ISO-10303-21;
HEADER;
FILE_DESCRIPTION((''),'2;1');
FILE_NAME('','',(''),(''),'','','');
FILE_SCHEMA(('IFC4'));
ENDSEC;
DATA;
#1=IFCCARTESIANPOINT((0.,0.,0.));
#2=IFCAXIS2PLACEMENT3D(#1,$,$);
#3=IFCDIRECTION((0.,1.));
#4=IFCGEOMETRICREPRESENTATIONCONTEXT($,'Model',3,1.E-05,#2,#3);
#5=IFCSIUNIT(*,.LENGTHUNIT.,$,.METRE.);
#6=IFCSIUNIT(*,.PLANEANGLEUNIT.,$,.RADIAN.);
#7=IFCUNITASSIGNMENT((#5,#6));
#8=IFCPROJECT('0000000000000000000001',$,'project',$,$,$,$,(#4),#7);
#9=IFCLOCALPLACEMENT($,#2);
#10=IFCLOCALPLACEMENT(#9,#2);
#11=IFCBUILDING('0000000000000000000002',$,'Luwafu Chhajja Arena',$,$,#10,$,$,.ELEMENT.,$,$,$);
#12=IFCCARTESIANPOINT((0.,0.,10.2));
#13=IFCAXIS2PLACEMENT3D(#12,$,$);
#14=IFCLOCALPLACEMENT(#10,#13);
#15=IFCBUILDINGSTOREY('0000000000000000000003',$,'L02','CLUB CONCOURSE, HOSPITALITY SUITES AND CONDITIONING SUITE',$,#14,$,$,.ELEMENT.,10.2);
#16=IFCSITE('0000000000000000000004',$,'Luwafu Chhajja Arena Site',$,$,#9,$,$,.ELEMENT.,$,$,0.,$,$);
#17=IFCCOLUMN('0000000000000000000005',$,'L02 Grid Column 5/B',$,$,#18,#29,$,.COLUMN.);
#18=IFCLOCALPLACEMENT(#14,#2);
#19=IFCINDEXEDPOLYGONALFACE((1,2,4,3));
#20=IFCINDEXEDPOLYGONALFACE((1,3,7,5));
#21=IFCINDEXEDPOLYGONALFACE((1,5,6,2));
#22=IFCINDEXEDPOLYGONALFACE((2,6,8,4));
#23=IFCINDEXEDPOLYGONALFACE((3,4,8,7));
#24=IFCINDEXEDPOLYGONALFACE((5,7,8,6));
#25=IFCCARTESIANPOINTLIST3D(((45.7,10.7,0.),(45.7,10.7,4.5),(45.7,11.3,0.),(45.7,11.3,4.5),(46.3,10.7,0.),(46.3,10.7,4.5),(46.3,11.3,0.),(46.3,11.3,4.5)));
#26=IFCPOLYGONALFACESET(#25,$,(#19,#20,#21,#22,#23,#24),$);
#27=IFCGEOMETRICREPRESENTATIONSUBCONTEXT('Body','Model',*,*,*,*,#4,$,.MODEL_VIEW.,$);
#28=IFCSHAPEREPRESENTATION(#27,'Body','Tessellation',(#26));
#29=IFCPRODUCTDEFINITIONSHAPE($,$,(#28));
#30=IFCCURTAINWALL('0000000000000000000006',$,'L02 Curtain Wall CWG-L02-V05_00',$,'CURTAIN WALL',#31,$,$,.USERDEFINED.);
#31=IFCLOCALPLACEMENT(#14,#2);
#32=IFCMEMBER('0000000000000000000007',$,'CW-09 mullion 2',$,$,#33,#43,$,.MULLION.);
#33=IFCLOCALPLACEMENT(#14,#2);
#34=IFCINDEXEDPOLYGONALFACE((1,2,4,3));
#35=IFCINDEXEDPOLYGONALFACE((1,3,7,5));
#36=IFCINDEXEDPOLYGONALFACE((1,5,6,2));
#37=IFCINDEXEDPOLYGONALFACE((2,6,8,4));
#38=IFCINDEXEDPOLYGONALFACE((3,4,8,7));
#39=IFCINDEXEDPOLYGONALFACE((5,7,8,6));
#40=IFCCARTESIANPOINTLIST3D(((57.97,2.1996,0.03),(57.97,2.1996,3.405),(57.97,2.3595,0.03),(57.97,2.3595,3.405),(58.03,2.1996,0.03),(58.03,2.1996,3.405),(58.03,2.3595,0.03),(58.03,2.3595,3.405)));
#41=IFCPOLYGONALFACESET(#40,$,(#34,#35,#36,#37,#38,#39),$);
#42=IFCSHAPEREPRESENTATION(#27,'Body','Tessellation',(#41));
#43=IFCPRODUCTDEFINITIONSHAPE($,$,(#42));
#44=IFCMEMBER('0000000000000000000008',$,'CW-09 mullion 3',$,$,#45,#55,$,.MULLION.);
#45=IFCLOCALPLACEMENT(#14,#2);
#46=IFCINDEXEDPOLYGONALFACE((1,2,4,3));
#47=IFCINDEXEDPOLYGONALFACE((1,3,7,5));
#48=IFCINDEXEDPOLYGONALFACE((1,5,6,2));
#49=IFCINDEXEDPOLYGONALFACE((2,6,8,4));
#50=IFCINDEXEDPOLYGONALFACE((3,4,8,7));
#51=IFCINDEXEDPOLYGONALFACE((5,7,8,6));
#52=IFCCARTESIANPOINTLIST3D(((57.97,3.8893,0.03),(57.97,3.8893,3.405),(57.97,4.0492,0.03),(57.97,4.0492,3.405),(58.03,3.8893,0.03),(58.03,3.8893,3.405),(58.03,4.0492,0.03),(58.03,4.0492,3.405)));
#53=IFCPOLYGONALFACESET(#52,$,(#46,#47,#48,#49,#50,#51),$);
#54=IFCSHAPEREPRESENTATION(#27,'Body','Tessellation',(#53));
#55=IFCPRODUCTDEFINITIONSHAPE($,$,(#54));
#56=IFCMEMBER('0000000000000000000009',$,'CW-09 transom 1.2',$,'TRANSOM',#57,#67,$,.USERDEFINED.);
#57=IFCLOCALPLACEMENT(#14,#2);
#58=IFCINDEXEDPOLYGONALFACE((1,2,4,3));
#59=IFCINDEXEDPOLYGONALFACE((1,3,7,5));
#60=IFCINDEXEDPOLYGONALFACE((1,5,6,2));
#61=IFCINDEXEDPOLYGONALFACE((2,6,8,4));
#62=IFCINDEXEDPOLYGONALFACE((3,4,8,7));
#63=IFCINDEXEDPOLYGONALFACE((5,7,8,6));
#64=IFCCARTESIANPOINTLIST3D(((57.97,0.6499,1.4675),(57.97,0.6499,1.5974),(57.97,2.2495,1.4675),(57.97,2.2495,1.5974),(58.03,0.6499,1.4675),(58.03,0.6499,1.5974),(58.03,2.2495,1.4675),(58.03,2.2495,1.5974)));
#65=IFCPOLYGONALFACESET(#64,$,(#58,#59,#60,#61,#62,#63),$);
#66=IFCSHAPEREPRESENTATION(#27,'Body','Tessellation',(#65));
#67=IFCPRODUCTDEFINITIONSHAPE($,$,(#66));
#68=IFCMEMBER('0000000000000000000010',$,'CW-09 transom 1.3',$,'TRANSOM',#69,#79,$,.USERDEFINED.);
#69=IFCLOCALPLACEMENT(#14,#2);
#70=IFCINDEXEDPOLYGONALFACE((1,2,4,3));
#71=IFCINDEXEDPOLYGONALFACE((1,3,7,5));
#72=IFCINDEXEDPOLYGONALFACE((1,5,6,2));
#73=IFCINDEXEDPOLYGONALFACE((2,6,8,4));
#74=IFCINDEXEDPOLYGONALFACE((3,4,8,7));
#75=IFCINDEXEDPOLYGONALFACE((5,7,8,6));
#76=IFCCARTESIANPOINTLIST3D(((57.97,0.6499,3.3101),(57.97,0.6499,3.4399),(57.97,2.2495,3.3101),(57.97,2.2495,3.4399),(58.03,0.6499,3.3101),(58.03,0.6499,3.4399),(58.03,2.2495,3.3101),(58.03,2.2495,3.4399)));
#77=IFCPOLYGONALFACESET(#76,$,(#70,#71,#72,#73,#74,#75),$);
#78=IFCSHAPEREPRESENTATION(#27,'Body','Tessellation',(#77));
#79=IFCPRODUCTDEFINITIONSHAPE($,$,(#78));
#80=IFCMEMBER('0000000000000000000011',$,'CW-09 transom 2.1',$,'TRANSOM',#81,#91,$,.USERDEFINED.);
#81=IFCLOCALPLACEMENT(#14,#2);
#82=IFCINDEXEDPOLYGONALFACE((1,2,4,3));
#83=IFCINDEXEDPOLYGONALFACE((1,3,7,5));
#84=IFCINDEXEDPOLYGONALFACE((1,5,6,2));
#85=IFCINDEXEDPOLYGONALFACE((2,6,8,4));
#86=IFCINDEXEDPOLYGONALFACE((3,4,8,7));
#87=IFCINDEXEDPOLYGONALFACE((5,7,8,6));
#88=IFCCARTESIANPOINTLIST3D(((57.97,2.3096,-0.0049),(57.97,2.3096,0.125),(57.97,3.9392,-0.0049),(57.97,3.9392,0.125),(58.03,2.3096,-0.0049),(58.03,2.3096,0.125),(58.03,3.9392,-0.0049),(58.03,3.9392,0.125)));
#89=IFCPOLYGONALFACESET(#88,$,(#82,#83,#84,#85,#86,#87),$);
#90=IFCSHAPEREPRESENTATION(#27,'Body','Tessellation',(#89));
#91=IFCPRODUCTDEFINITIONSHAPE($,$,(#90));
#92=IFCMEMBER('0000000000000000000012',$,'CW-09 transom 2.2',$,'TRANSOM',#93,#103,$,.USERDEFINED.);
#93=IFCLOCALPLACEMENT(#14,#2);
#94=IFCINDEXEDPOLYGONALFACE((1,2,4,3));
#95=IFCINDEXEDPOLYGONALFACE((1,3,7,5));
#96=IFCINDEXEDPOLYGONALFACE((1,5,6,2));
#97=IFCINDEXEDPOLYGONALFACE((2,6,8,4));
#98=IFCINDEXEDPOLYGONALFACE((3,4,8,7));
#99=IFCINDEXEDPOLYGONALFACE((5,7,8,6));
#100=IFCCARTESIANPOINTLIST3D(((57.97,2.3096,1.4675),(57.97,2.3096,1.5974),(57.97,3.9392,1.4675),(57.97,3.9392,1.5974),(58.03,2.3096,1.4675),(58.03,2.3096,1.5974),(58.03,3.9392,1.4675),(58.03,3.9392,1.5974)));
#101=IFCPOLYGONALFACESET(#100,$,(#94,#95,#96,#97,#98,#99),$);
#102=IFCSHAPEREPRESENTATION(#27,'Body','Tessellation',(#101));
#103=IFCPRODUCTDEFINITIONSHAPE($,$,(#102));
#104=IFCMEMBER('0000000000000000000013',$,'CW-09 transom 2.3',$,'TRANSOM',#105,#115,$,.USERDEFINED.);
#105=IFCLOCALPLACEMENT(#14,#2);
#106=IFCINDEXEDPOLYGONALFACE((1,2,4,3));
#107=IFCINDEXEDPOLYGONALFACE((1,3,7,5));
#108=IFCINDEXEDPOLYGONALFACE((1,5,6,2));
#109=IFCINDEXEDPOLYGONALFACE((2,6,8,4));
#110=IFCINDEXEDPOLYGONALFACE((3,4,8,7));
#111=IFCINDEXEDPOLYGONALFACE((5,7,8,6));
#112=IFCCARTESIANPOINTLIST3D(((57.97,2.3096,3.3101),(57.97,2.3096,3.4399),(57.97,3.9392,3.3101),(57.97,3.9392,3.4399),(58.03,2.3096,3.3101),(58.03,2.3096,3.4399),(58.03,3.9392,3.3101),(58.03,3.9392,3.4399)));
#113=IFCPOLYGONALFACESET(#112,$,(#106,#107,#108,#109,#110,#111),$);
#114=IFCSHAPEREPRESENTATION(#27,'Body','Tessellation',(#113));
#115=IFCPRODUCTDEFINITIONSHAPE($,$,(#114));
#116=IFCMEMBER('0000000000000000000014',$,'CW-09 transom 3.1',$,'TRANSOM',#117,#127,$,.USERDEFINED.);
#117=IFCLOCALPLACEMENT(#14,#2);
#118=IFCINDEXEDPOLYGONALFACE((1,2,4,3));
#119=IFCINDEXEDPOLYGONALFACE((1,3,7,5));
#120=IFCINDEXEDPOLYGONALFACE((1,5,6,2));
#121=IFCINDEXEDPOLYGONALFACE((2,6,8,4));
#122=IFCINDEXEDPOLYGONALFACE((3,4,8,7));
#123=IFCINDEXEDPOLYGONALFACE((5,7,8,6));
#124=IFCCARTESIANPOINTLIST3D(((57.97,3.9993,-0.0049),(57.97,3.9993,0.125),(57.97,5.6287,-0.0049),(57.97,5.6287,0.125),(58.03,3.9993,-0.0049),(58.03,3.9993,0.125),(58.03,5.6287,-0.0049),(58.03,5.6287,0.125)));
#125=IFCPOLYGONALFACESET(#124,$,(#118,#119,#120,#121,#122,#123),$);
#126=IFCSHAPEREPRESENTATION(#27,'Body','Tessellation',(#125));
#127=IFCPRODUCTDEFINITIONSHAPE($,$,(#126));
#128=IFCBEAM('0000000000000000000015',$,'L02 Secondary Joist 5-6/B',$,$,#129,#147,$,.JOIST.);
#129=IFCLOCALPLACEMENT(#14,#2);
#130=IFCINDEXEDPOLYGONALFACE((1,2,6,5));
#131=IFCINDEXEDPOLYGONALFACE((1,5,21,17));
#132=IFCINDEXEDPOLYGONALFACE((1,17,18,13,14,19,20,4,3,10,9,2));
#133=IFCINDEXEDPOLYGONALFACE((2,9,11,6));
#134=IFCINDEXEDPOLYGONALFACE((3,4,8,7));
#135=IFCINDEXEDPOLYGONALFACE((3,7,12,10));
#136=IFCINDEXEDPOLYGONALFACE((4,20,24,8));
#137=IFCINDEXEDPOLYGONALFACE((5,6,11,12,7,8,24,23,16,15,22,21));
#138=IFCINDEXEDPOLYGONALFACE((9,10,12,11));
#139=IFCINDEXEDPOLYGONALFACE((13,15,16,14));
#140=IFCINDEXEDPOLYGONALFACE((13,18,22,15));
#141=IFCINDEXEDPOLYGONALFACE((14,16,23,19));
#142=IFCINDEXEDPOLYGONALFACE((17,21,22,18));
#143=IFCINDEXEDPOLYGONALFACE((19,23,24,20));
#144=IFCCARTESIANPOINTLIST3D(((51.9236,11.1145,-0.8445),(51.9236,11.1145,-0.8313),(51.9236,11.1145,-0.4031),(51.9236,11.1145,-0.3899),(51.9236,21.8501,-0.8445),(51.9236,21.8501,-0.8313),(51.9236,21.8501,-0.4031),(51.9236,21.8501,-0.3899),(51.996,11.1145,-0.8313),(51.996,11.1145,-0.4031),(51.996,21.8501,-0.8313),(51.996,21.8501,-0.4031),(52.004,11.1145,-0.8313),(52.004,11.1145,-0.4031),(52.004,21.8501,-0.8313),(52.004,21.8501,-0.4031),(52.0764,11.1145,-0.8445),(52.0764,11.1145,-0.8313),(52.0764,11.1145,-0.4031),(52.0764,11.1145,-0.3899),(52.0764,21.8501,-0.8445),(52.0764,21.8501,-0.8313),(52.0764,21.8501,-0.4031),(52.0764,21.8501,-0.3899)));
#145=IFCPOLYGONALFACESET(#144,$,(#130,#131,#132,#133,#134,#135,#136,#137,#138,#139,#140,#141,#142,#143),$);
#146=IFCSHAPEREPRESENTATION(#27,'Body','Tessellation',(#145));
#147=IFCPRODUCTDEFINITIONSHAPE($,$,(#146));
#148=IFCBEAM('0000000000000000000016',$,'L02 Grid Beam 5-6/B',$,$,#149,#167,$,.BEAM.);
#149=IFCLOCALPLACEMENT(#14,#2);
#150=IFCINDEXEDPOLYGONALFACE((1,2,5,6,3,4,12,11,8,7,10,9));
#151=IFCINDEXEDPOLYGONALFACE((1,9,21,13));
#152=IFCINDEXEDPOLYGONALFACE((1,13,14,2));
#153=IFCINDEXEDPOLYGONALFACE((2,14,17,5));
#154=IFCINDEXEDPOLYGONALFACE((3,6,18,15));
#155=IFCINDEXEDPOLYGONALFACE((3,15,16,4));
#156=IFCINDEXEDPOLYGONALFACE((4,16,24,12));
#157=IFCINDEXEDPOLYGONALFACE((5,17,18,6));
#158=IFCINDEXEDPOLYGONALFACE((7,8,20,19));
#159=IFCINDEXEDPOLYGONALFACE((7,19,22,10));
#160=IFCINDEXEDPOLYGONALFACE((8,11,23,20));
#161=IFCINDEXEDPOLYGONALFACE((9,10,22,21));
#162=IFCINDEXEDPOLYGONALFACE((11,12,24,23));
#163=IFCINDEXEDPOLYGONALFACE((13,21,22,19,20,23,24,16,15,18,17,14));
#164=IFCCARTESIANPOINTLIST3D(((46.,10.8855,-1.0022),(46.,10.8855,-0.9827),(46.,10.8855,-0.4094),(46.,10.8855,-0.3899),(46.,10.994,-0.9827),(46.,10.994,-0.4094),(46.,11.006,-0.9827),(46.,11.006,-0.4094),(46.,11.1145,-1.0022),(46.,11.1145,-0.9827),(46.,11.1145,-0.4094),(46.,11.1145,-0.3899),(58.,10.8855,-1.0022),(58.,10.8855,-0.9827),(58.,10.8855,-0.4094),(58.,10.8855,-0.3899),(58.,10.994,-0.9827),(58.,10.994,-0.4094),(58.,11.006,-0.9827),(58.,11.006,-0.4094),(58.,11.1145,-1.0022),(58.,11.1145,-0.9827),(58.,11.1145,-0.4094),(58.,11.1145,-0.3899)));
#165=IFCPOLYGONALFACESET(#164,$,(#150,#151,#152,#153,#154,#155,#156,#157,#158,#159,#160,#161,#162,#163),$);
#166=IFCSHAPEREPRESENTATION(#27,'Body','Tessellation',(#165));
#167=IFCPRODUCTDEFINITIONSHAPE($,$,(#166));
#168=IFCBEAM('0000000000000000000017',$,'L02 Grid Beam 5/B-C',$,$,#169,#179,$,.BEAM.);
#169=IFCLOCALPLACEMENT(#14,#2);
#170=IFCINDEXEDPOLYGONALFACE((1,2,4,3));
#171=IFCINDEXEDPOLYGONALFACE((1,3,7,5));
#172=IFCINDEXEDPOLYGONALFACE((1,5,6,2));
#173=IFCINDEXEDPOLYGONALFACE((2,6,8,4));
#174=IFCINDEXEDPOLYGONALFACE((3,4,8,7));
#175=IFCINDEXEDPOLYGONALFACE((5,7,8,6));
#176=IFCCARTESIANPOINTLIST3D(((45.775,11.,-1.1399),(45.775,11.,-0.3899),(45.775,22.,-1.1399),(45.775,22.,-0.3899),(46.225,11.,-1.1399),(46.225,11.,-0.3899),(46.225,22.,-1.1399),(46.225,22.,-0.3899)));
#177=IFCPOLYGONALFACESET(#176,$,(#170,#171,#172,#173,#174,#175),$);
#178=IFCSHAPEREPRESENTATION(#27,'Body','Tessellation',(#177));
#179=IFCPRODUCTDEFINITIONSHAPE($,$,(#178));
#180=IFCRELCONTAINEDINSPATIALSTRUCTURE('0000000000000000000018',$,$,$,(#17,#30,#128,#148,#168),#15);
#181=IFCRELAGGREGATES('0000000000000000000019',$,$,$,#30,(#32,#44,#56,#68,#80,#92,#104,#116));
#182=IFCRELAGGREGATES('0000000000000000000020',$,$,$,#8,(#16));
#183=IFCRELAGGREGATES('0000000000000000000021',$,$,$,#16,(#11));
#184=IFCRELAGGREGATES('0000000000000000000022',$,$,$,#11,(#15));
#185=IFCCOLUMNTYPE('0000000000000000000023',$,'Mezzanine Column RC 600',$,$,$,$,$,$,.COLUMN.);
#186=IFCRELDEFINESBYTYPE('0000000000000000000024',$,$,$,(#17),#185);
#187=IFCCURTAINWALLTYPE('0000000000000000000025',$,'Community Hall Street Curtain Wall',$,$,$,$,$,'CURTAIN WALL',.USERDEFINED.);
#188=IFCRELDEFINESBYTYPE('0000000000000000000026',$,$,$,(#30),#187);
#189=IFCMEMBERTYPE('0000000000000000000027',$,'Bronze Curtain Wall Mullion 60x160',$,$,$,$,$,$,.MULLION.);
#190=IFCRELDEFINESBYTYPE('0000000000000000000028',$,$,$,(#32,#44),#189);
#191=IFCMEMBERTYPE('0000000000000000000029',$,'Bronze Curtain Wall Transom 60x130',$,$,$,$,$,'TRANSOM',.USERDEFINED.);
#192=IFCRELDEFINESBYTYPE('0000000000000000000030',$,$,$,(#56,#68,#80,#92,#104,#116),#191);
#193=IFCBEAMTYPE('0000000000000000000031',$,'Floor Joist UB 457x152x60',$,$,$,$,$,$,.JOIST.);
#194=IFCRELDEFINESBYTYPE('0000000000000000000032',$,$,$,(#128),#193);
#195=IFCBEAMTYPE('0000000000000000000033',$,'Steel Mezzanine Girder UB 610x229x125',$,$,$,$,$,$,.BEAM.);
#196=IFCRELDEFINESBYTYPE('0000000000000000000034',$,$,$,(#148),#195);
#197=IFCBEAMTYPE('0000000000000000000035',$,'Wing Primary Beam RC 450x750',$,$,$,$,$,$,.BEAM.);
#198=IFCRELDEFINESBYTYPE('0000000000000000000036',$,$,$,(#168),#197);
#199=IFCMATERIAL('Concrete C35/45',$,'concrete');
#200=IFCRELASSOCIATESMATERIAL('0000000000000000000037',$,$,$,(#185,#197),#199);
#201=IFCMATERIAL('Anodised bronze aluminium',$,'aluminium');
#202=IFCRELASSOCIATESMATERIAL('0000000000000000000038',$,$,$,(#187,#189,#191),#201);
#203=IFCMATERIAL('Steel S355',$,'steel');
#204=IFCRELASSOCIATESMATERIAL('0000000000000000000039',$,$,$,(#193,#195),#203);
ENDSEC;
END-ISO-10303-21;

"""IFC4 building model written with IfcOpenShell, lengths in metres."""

from ifc_helpers import new_model, si_unit, direction, frame, origin, origin_2d, place, context, subcontext, project, spatial, rectangle, i_section, extrude, material, material_profile, profile_set, type_object, element, aggregate, save


model = new_model("IFC4")

# Units and contexts
model_context = context("Model", 3, precision=1e-05, world=origin(), true_north=direction((0.0, 1.0)))
body_context = subcontext(model_context, "Body", "Model", "MODEL_VIEW")
ifc_project = project(units=[si_unit("LENGTHUNIT", "METRE"), si_unit("PLANEANGLEUNIT", "RADIAN")], contexts=[model_context])

# Site, building, storey
site_placement = place(None, origin())
site = spatial("IfcSite", under=ifc_project, at=site_placement, Name="Luwafu Chhajja Arena Site", CompositionType="ELEMENT", RefElevation=0.0)
building_placement = place(site_placement, origin())
building = spatial("IfcBuilding", under=site, at=building_placement, Name="Luwafu Chhajja Arena", CompositionType="ELEMENT")
storey_placement = place(building_placement, frame((0.0, 0.0, 10.2)))
storey = spatial("IfcBuildingStorey", under=building, at=storey_placement, Name="L02", Description="CLUB CONCOURSE, HOSPITALITY SUITES AND CONDITIONING SUITE", CompositionType="ELEMENT", Elevation=10.2)

# Column
ifc_material_1 = material(Name="Concrete C35/45", Category="concrete")
ifc_material_profile_1 = material_profile(ifc_material_1, rectangle(XDim=0.6001, YDim=0.6001, at=origin_2d()), Name="RC 600x600")
ifc_profile_set_1 = profile_set([ifc_material_profile_1], Name="Concrete C35/45")
column_type = type_object("IfcColumnType", Name="Mezzanine Column RC 600", PredefinedType="COLUMN", material=ifc_profile_set_1)
column_placement = place(storey_placement, frame((46.0, 11.0, 0.0), z_axis=(0.0, 0.0, 1.0), x_axis=(1.0, 0.0, 0.0)))
element("IfcColumn", 1, at=column_placement, inside=storey, type_object=column_type, Name="L02 Grid Column 5/B", PredefinedType="COLUMN", context=body_context, shape_type="SweptSolid", body=[
    extrude(rectangle(XDim=0.6001, YDim=0.6001, at=origin_2d()), origin(), (0.0, 0.0, 1.0), 4.5),
])

# Curtain wall, members
ifc_material_2 = material(Name="Anodised bronze aluminium", Category="aluminium")
curtain_wall_type = type_object("IfcCurtainWallType", Name="Community Hall Street Curtain Wall", ElementType="CURTAIN WALL", PredefinedType="USERDEFINED", material=ifc_material_2)
curtain_wall_placement = place(storey_placement, origin())
curtain_wall = element("IfcCurtainWall", 2, at=curtain_wall_placement, inside=storey, type_object=curtain_wall_type, Name="L02 Curtain Wall CWG-L02-V05_00", ObjectType="CURTAIN WALL", PredefinedType="USERDEFINED")
ifc_material_profile_2 = material_profile(ifc_material_2, rectangle(XDim=0.0601, YDim=0.1599, at=origin_2d()), Name="CWM 60x160")
ifc_profile_set_2 = profile_set([ifc_material_profile_2], Name="Anodised bronze aluminium")
member_type_1 = type_object("IfcMemberType", Name="Bronze Curtain Wall Mullion 60x160", PredefinedType="MULLION", material=ifc_profile_set_2)
member_1_placement = place(storey_placement, frame((58.0, 2.2795, 0.03), z_axis=(0.0, 0.0, 1.0), x_axis=(-1.0, 0.0, 0.0)))
member_1 = element("IfcMember", 3, at=member_1_placement, type_object=member_type_1, Name="CW-09 mullion 2", PredefinedType="MULLION", context=body_context, shape_type="SweptSolid", body=[
    extrude(rectangle(XDim=0.0601, YDim=0.1599, at=origin_2d()), origin(), (0.0, 0.0, 1.0), 3.375),
])
member_2_placement = place(storey_placement, frame((58.0, 3.9692, 0.03), z_axis=(0.0, 0.0, 1.0), x_axis=(-1.0, 0.0, 0.0)))
member_2 = element("IfcMember", 4, at=member_2_placement, type_object=member_type_1, Name="CW-09 mullion 3", PredefinedType="MULLION", context=body_context, shape_type="SweptSolid", body=[
    extrude(rectangle(XDim=0.0601, YDim=0.1599, at=origin_2d()), origin(), (0.0, 0.0, 1.0), 3.375),
])
ifc_material_profile_3 = material_profile(ifc_material_2, rectangle(XDim=0.0601, YDim=0.1299, at=origin_2d()), Name="CWT 60x130")
ifc_profile_set_3 = profile_set([ifc_material_profile_3], Name="Anodised bronze aluminium")
member_type_2 = type_object("IfcMemberType", Name="Bronze Curtain Wall Transom 60x130", ElementType="TRANSOM", PredefinedType="USERDEFINED", material=ifc_profile_set_3)
member_3_placement = place(storey_placement, frame((58.0, 0.6499, 1.5325), z_axis=(0.0, 1.0, 0.0), x_axis=(-1.0, 0.0, 0.0)))
member_3 = element("IfcMember", 5, at=member_3_placement, type_object=member_type_2, Name="CW-09 transom 1.2", ObjectType="TRANSOM", PredefinedType="USERDEFINED", context=body_context, shape_type="SweptSolid", body=[
    extrude(rectangle(XDim=0.0601, YDim=0.1299, at=origin_2d()), origin(), (0.0, 0.0, 1.0), 1.5996),
])
member_4_placement = place(storey_placement, frame((58.0, 0.6499, 3.375), z_axis=(0.0, 1.0, 0.0), x_axis=(-1.0, 0.0, 0.0)))
member_4 = element("IfcMember", 6, at=member_4_placement, type_object=member_type_2, Name="CW-09 transom 1.3", ObjectType="TRANSOM", PredefinedType="USERDEFINED", context=body_context, shape_type="SweptSolid", body=[
    extrude(rectangle(XDim=0.0601, YDim=0.1299, at=origin_2d()), origin(), (0.0, 0.0, 1.0), 1.5996),
])
member_5_placement = place(storey_placement, frame((58.0, 2.3096, 0.0601), z_axis=(0.0, 1.0, 0.0), x_axis=(-1.0, 0.0, 0.0)))
member_5 = element("IfcMember", 7, at=member_5_placement, type_object=member_type_2, Name="CW-09 transom 2.1", ObjectType="TRANSOM", PredefinedType="USERDEFINED", context=body_context, shape_type="SweptSolid", body=[
    extrude(rectangle(XDim=0.0601, YDim=0.1299, at=origin_2d()), origin(), (0.0, 0.0, 1.0), 1.6296),
])
member_6_placement = place(storey_placement, frame((58.0, 2.3096, 1.5325), z_axis=(0.0, 1.0, 0.0), x_axis=(-1.0, 0.0, 0.0)))
member_6 = element("IfcMember", 8, at=member_6_placement, type_object=member_type_2, Name="CW-09 transom 2.2", ObjectType="TRANSOM", PredefinedType="USERDEFINED", context=body_context, shape_type="SweptSolid", body=[
    extrude(rectangle(XDim=0.0601, YDim=0.1299, at=origin_2d()), origin(), (0.0, 0.0, 1.0), 1.6296),
])
member_7_placement = place(storey_placement, frame((58.0, 2.3096, 3.375), z_axis=(0.0, 1.0, 0.0), x_axis=(-1.0, 0.0, 0.0)))
member_7 = element("IfcMember", 9, at=member_7_placement, type_object=member_type_2, Name="CW-09 transom 2.3", ObjectType="TRANSOM", PredefinedType="USERDEFINED", context=body_context, shape_type="SweptSolid", body=[
    extrude(rectangle(XDim=0.0601, YDim=0.1299, at=origin_2d()), origin(), (0.0, 0.0, 1.0), 1.6296),
])
member_8_placement = place(storey_placement, frame((58.0, 3.9993, 0.0601), z_axis=(0.0, 1.0, 0.0), x_axis=(-1.0, 0.0, 0.0)))
member_8 = element("IfcMember", 10, at=member_8_placement, type_object=member_type_2, Name="CW-09 transom 3.1", ObjectType="TRANSOM", PredefinedType="USERDEFINED", context=body_context, shape_type="SweptSolid", body=[
    extrude(rectangle(XDim=0.0601, YDim=0.1299, at=origin_2d()), origin(), (0.0, 0.0, 1.0), 1.6294),
])

# Beams
ifc_material_3 = material(Name="Steel S355", Category="steel")
ifc_material_profile_4 = material_profile(ifc_material_3, i_section(OverallWidth=0.1528, OverallDepth=0.4546, WebThickness=0.0081, FlangeThickness=0.0132, at=origin_2d()), Name="UB 457x152x60")
ifc_profile_set_4 = profile_set([ifc_material_profile_4], Name="Steel S355")
beam_type_1 = type_object("IfcBeamType", Name="Floor Joist UB 457x152x60", PredefinedType="JOIST", material=ifc_profile_set_4)
beam_1_placement = place(storey_placement, frame((52.0, 11.1145, -0.6172), z_axis=(0.0, 1.0, 0.0), x_axis=(-1.0, 0.0, 0.0)))
element("IfcBeam", 11, at=beam_1_placement, inside=storey, type_object=beam_type_1, Name="L02 Secondary Joist 5-6/B", PredefinedType="JOIST", context=body_context, shape_type="SweptSolid", body=[
    extrude(i_section(OverallWidth=0.1528, OverallDepth=0.4546, WebThickness=0.0081, FlangeThickness=0.0132, at=origin_2d()), origin(), (0.0, 0.0, 1.0), 10.7356),
])
ifc_material_profile_5 = material_profile(ifc_material_3, i_section(OverallWidth=0.229, OverallDepth=0.6123, WebThickness=0.012, FlangeThickness=0.0195, at=origin_2d()), Name="UB 610x229x125")
ifc_profile_set_5 = profile_set([ifc_material_profile_5], Name="Steel S355")
beam_type_2 = type_object("IfcBeamType", Name="Steel Mezzanine Girder UB 610x229x125", PredefinedType="BEAM", material=ifc_profile_set_5)
beam_2_placement = place(storey_placement, frame((46.0, 11.0, -0.696), z_axis=(1.0, 0.0, 0.0), x_axis=(0.0, 1.0, 0.0)))
element("IfcBeam", 12, at=beam_2_placement, inside=storey, type_object=beam_type_2, Name="L02 Grid Beam 5-6/B", PredefinedType="BEAM", context=body_context, shape_type="SweptSolid", body=[
    extrude(i_section(OverallWidth=0.229, OverallDepth=0.6123, WebThickness=0.012, FlangeThickness=0.0195, at=origin_2d()), origin(), (0.0, 0.0, 1.0), 12.0),
])
ifc_material_profile_6 = material_profile(ifc_material_1, rectangle(XDim=0.45, YDim=0.75, at=origin_2d()), Name="RC 450x750")
ifc_profile_set_6 = profile_set([ifc_material_profile_6], Name="Concrete C35/45")
beam_type_3 = type_object("IfcBeamType", Name="Wing Primary Beam RC 450x750", PredefinedType="BEAM", material=ifc_profile_set_6)
beam_3_placement = place(storey_placement, frame((46.0, 11.0, -0.7649), z_axis=(0.0, 1.0, 0.0), x_axis=(-1.0, 0.0, 0.0)))
element("IfcBeam", 13, at=beam_3_placement, inside=storey, type_object=beam_type_3, Name="L02 Grid Beam 5/B-C", PredefinedType="BEAM", context=body_context, shape_type="SweptSolid", body=[
    extrude(rectangle(XDim=0.45, YDim=0.75, at=origin_2d()), origin(), (0.0, 0.0, 1.0), 11.0),
])

aggregate(curtain_wall, [member_1, member_2, member_3, member_4, member_5, member_6, member_7, member_8])

save(model, "model.ifc")
